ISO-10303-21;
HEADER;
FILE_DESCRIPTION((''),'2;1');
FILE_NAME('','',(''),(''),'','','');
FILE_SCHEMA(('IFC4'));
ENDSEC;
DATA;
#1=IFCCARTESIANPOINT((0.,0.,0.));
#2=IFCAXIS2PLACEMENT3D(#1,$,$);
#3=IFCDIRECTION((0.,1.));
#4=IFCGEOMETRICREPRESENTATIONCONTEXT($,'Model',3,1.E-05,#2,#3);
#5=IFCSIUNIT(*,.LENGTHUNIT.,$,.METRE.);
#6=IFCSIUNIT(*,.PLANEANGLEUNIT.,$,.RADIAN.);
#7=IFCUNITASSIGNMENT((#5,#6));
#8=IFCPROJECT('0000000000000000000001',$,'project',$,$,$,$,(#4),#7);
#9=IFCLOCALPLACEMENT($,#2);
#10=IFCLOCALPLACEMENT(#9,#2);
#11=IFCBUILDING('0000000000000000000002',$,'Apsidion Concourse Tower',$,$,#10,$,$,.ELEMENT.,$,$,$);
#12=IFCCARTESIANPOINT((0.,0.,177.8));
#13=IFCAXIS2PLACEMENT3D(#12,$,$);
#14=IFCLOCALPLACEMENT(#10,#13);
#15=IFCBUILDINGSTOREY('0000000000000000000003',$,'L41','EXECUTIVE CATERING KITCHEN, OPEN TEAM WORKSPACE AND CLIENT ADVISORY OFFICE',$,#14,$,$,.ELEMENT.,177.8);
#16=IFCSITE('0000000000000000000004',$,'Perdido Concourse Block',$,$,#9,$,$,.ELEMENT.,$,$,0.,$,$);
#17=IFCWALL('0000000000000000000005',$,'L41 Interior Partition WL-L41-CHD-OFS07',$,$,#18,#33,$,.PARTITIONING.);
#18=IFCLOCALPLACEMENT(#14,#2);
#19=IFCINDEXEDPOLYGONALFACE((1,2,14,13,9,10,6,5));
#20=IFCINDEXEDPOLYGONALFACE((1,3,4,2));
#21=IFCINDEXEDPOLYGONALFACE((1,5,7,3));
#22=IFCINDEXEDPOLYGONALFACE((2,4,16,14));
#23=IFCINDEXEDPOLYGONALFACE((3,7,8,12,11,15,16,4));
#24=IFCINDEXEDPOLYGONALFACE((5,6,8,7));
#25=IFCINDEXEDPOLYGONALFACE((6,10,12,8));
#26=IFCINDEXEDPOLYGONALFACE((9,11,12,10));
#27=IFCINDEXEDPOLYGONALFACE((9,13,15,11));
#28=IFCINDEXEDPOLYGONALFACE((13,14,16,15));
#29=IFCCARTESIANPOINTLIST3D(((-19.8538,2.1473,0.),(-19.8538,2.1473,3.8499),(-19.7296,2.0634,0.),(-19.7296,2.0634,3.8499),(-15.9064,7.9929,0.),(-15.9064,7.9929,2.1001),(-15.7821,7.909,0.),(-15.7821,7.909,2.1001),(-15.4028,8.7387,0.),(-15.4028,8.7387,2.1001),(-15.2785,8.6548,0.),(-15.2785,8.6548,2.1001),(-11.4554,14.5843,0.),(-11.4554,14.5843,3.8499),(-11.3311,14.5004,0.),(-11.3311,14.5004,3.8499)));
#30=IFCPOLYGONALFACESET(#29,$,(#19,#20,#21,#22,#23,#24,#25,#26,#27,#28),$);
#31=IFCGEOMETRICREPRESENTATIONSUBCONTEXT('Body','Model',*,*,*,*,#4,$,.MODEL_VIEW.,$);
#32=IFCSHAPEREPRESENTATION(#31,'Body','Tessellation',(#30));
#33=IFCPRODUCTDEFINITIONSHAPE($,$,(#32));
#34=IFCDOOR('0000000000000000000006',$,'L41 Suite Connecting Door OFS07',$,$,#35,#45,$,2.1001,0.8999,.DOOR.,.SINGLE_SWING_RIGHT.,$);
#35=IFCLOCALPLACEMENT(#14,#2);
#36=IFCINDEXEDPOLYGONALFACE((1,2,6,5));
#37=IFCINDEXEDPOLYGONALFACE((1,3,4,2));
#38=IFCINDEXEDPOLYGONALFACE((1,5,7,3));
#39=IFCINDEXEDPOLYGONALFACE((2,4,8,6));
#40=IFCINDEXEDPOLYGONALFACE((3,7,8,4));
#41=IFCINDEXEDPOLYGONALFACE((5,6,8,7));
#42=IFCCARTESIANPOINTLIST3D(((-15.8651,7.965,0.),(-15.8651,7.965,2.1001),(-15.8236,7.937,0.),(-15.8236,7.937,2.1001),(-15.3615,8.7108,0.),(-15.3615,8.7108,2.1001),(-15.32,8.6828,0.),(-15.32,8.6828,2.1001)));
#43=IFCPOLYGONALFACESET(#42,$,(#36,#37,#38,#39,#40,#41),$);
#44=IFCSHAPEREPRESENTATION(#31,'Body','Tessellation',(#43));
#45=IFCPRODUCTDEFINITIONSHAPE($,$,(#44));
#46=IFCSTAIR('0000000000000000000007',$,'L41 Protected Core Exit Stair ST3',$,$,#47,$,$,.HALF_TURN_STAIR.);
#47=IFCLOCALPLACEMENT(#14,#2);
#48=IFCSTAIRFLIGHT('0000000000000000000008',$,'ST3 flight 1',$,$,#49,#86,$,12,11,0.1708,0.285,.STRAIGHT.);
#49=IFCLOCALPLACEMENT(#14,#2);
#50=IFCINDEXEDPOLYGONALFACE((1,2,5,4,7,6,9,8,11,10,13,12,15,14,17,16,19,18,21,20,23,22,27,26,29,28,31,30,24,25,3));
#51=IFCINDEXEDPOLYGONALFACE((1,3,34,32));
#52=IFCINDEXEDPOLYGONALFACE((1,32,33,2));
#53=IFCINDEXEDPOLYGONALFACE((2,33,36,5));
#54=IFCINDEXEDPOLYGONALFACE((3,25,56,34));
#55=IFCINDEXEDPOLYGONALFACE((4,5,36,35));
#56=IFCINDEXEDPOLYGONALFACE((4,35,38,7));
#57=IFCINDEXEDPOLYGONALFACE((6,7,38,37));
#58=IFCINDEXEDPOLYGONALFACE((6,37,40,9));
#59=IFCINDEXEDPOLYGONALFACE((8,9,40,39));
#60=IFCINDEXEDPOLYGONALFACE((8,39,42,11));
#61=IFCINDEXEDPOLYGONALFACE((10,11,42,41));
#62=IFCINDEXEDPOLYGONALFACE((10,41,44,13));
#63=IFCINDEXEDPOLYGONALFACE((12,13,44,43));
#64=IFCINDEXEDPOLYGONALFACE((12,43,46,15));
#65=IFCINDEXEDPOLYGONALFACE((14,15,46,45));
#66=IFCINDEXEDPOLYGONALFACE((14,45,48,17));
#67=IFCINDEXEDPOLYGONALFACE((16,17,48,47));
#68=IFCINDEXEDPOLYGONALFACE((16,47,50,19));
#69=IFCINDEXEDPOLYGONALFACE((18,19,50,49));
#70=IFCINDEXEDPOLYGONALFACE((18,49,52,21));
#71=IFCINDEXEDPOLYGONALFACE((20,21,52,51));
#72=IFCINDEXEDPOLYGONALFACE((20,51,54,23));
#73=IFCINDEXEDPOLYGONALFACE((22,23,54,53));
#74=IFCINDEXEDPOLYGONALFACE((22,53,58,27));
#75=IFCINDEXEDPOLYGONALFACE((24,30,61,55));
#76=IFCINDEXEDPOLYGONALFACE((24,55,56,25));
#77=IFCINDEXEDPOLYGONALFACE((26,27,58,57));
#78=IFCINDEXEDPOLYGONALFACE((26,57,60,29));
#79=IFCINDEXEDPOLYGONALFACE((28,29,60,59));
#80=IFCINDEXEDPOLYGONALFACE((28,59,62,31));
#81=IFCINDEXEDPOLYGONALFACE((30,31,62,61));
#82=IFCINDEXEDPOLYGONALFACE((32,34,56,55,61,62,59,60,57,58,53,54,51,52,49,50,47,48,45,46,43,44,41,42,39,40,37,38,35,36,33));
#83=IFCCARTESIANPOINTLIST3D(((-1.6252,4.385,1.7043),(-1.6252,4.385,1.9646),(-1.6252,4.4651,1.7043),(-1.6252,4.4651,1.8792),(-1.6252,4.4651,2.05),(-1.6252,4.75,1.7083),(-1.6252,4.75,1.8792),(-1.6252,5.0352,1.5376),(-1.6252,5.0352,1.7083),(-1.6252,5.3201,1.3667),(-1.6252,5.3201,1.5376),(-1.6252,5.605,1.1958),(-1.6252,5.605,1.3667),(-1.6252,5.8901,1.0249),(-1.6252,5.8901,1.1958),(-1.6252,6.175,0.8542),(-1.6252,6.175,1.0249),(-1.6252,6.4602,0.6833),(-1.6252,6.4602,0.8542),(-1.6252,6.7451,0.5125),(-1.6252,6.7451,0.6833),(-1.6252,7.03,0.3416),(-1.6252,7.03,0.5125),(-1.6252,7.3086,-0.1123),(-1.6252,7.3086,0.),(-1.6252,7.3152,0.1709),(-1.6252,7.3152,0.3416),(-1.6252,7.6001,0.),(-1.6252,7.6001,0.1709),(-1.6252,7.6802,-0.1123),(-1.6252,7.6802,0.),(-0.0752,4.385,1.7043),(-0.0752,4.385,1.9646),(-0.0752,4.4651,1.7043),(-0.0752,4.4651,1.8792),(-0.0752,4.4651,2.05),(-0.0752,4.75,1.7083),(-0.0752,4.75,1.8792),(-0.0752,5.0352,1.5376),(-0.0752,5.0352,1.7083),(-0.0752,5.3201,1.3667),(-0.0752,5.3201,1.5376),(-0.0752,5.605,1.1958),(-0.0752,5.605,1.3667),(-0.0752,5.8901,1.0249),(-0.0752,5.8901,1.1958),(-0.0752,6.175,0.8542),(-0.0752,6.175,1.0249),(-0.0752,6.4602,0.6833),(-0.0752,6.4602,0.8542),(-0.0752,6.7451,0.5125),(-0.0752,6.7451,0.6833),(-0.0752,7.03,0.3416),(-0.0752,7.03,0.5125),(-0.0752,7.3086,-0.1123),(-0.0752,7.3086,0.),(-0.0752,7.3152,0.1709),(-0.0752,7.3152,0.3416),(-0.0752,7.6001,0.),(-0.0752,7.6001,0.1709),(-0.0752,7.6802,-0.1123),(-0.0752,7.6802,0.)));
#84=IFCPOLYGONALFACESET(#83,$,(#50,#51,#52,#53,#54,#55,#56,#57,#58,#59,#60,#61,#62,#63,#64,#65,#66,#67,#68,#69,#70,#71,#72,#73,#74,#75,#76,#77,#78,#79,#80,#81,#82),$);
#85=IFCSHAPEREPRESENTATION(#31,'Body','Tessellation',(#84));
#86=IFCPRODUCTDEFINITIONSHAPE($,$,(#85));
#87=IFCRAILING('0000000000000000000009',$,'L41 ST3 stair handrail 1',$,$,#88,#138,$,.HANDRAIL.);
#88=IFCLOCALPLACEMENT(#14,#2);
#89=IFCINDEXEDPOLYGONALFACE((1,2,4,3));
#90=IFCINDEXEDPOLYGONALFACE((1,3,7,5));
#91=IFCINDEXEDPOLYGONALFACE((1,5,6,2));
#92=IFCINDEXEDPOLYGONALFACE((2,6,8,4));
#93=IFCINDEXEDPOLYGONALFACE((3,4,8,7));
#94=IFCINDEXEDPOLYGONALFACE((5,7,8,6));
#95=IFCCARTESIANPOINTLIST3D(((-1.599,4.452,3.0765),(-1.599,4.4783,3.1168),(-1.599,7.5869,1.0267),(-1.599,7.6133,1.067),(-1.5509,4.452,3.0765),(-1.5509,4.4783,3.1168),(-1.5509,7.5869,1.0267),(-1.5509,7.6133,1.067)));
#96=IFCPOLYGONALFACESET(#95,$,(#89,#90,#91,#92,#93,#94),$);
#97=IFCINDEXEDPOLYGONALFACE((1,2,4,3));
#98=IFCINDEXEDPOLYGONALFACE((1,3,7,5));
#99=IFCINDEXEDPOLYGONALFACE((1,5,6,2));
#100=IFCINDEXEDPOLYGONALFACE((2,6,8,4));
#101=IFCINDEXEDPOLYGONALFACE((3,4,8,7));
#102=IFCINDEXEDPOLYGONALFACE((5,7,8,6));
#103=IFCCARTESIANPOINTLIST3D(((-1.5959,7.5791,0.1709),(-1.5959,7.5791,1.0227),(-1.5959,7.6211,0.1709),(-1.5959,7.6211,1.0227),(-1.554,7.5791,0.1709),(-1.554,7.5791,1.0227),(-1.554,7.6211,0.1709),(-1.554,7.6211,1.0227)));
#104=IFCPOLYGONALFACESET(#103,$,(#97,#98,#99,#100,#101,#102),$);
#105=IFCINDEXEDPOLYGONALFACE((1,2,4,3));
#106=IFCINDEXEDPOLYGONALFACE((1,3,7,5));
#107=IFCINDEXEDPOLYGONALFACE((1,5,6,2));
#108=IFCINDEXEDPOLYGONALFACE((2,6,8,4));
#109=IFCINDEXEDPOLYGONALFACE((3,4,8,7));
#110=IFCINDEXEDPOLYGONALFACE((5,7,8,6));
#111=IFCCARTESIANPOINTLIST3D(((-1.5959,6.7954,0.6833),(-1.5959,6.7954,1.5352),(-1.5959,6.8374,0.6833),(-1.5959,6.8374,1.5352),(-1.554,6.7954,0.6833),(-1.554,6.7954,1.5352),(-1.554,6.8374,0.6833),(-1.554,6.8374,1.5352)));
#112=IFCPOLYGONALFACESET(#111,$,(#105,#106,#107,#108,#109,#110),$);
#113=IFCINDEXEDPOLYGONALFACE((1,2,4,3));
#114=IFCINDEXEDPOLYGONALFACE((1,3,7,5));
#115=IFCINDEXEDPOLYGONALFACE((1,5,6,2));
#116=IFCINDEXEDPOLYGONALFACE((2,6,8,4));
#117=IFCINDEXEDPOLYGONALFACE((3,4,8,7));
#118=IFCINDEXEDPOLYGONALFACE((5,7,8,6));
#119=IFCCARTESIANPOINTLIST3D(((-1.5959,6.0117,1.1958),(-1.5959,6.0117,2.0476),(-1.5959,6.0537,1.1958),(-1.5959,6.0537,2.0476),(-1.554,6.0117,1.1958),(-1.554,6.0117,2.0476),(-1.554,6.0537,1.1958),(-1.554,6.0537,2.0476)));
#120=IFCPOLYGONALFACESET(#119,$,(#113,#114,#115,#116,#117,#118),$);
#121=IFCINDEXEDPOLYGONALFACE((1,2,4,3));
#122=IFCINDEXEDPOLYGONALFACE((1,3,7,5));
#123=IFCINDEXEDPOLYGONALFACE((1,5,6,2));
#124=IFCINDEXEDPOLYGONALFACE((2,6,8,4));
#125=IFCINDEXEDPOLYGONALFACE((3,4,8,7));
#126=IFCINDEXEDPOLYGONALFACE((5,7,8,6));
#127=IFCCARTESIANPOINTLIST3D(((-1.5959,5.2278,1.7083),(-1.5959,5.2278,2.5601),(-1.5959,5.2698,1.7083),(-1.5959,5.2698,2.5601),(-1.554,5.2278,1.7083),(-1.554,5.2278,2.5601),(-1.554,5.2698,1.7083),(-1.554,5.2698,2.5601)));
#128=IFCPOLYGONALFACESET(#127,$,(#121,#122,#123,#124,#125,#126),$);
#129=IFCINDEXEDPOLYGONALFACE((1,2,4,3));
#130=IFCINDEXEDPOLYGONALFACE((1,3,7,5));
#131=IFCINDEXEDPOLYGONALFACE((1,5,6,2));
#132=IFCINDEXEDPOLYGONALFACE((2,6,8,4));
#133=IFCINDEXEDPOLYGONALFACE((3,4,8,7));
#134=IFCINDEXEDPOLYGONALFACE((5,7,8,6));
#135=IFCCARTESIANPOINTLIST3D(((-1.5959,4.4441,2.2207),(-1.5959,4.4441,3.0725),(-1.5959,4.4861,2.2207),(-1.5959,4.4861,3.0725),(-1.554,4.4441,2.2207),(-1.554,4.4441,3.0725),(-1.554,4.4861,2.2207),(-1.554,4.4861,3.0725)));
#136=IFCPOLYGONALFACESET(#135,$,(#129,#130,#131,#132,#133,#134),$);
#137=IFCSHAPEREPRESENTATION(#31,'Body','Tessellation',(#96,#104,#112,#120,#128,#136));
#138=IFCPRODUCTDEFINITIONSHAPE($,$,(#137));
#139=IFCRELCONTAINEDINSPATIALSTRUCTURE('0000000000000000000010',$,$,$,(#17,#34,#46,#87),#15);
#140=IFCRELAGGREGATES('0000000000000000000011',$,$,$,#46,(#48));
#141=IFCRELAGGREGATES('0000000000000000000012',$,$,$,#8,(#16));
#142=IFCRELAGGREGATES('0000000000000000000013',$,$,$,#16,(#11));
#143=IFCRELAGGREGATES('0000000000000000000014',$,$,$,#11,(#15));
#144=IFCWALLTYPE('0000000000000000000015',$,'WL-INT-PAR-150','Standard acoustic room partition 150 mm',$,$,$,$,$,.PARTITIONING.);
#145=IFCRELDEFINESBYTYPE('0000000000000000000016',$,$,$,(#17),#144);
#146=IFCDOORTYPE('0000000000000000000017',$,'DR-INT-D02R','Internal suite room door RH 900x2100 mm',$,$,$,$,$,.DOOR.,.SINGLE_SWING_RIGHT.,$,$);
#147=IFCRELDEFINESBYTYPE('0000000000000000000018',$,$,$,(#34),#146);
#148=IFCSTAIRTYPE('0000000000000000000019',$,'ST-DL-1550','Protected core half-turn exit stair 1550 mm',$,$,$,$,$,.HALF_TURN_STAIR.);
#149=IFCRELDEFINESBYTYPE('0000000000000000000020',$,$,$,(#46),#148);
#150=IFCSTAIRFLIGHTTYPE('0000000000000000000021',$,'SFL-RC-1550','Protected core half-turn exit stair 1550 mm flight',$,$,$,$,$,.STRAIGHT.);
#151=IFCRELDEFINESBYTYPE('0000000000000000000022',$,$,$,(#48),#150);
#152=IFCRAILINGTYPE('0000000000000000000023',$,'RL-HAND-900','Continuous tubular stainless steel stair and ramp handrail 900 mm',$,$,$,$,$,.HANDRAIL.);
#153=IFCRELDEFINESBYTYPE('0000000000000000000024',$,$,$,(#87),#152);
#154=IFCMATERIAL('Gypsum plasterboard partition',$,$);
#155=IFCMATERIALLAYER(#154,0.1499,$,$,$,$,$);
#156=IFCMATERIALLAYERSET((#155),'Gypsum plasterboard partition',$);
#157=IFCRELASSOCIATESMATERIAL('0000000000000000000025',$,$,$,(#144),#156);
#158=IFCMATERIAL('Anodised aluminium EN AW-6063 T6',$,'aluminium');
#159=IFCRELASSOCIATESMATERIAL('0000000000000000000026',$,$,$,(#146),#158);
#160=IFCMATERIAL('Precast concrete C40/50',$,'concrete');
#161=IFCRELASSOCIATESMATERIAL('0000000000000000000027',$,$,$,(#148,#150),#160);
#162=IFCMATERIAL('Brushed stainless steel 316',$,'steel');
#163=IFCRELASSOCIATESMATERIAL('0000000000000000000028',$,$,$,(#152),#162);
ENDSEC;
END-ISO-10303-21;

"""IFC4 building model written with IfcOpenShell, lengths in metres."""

from ifc_helpers import new_model, si_unit, direction, frame, frame_2d, origin, origin_2d, place, context, subcontext, project, spatial, polyline, rectangle, outline, extrude, material, layer, layer_set, type_object, element, fill, aggregate, save


model = new_model("IFC4")

# Units and contexts
model_context = context("Model", 3, precision=1e-05, world=origin(), true_north=direction((0.0, 1.0)))
body_context = subcontext(model_context, "Body", "Model", "MODEL_VIEW")
ifc_project = project(units=[si_unit("LENGTHUNIT", "METRE"), si_unit("PLANEANGLEUNIT", "RADIAN")], contexts=[model_context])

# Site, building, storey
site_placement = place(None, origin())
site = spatial("IfcSite", under=ifc_project, at=site_placement, Name="Perdido Concourse Block", CompositionType="ELEMENT", RefElevation=0.0)
building_placement = place(site_placement, origin())
building = spatial("IfcBuilding", under=site, at=building_placement, Name="Apsidion Concourse Tower", CompositionType="ELEMENT")
storey_placement = place(building_placement, frame((0.0, 0.0, 177.8)))
storey = spatial("IfcBuildingStorey", under=building, at=storey_placement, Name="L41", Description="EXECUTIVE CATERING KITCHEN, OPEN TEAM WORKSPACE AND CLIENT ADVISORY OFFICE", CompositionType="ELEMENT", Elevation=177.8)

# Shared definitions
ifc_material_1 = material(Name="Gypsum plasterboard partition")
ifc_layer_1 = layer(ifc_material_1, 0.1499)
ifc_layer_set_1 = layer_set([ifc_layer_1], Name="Gypsum plasterboard partition")
wall_type_1 = type_object("IfcWallType", Name="WL-INT-PAR-150", Description="Standard acoustic room partition 150 mm", PredefinedType="PARTITIONING", material=ifc_layer_set_1)
ifc_material_2 = material(Name="Brushed stainless steel 316", Category="steel")

# Wall, opening, door
wall_1_placement = place(storey_placement, frame((-11.3933, 14.5422, 0.0), z_axis=(0.0, 0.0, 1.0), x_axis=(-0.559631, -0.828742, 0.0)))
wall_1 = element("IfcWall", 1, at=wall_1_placement, inside=storey, type_object=wall_type_1, Name="L41 Interior Partition WL-L41-CHD-OFS07", PredefinedType="PARTITIONING", context=body_context, shape_type="SweptSolid", body=[
    extrude(rectangle(XDim=15.0071, YDim=0.1499, at=frame_2d((7.5034, 0.0))), origin(), (0.0, 0.0, 1.0), 3.8499),
])
opening_1_placement = place(wall_1_placement, frame((7.0535, 0.0, 0.0)))
opening_1 = element("IfcOpeningElement", 2, at=opening_1_placement, cuts=wall_1, PredefinedType="OPENING", context=body_context, shape_type="SweptSolid", body=[
    extrude(rectangle(XDim=0.8999, YDim=2.1001, at=frame_2d((0.45, 1.05))), frame((0.0, 0.085, 0.0), z_axis=(0.0, -1.0, 0.0), x_axis=(1.0, 0.0, 0.0)), (0.0, 0.0, 1.0), 0.1699),
])
ifc_material_3 = material(Name="Anodised aluminium EN AW-6063 T6", Category="aluminium")
door_type_1 = type_object("IfcDoorType", Name="DR-INT-D02R", Description="Internal suite room door RH 900x2100 mm", OperationType="SINGLE_SWING_RIGHT", PredefinedType="DOOR", material=ifc_material_3)
door_1_placement = place(opening_1_placement, origin())
door_1 = element("IfcDoor", 3, at=door_1_placement, inside=storey, type_object=door_type_1, Name="L41 Suite Connecting Door OFS07", OperationType="SINGLE_SWING_RIGHT", OverallHeight=2.1001, OverallWidth=0.8999, PredefinedType="DOOR", context=body_context, shape_type="SweptSolid", body=[
    extrude(rectangle(XDim=0.8999, YDim=2.1001, at=frame_2d((0.45, 1.05))), frame((0.0, 0.0249, 0.0), z_axis=(0.0, -1.0, 0.0), x_axis=(1.0, 0.0, 0.0)), (0.0, 0.0, 1.0), 0.05),
])
fill(opening_1, door_1)

# Stair, stair flight
ifc_material_4 = material(Name="Precast concrete C40/50", Category="concrete")
stair_type = type_object("IfcStairType", Name="ST-DL-1550", Description="Protected core half-turn exit stair 1550 mm", PredefinedType="HALF_TURN_STAIR", material=ifc_material_4)
stair_placement = place(storey_placement, origin())
stair = element("IfcStair", 4, at=stair_placement, inside=storey, type_object=stair_type, Name="L41 Protected Core Exit Stair ST3", PredefinedType="HALF_TURN_STAIR")
stair_flight_type = type_object("IfcStairFlightType", Name="SFL-RC-1550", Description="Protected core half-turn exit stair 1550 mm flight", PredefinedType="STRAIGHT", material=ifc_material_4)
stair_flight_placement = place(storey_placement, frame((-0.8501, 7.6001, 0.0), z_axis=(0.0, 0.0, 1.0), x_axis=(0.0, -1.0, 0.0)))
stair_flight = element("IfcStairFlight", 5, at=stair_flight_placement, type_object=stair_flight_type, Name="ST3 flight 1", NumberOfRisers=12, NumberOfTreads=11, PredefinedType="STRAIGHT", RiserHeight=0.1708, TreadLength=0.285, context=body_context, shape_type="SweptSolid", body=[
    extrude(outline(polyline([(-0.0801, -0.1123), (-0.0801, 0.0), (0.0, 0.0), (0.0, 0.1709), (0.2849, 0.1709), (0.2849, 0.3416), (0.5701, 0.3416), (0.5701, 0.5125), (0.855, 0.5125), (0.855, 0.6833), (1.1399, 0.6833), (1.1399, 0.8542), (1.425, 0.8542), (1.425, 1.0249), (1.71, 1.0249), (1.71, 1.1958), (1.9951, 1.1958), (1.9951, 1.3667), (2.28, 1.3667), (2.28, 1.5376), (2.5649, 1.5376), (2.5649, 1.7083), (2.8501, 1.7083), (2.8501, 1.8792), (3.135, 1.8792), (3.135, 2.05), (3.2151, 1.9646), (3.2151, 1.7043), (3.135, 1.7043), (0.2915, 0.0), (0.2915, -0.1123), (-0.0801, -0.1123)])), frame((0.0, 0.7749, 0.0), z_axis=(0.0, -1.0, 0.0), x_axis=(1.0, 0.0, 0.0)), (0.0, 0.0, 1.0), 1.55),
])
aggregate(stair, [stair_flight])

# Railing
railing_type = type_object("IfcRailingType", Name="RL-HAND-900", Description="Continuous tubular stainless steel stair and ramp handrail 900 mm", PredefinedType="HANDRAIL", material=ifc_material_2)
railing_placement = place(storey_placement, frame((-1.575, 7.6001, 0.1709)))
element("IfcRailing", 6, at=railing_placement, inside=storey, type_object=railing_type, Name="L41 ST3 stair handrail 1", PredefinedType="HANDRAIL", context=body_context, shape_type="SweptSolid", body=[
    extrude(rectangle(XDim=0.0481, YDim=0.0481, at=origin_2d()), frame((0.0, 0.0, 0.876), z_axis=(0.0, -0.836971, 0.547248), x_axis=(1.0, 0.0, 0.0)), (0.0, 0.0, 1.0), 3.7456),
    extrude(rectangle(XDim=0.042, YDim=0.042, at=origin_2d()), origin(), (0.0, 0.0, 1.0), 0.8518),
    extrude(rectangle(XDim=0.042, YDim=0.042, at=origin_2d()), frame((0.0, -0.7837, 0.5125)), (0.0, 0.0, 1.0), 0.8518),
    extrude(rectangle(XDim=0.042, YDim=0.042, at=origin_2d()), frame((0.0, -1.5674, 1.0249)), (0.0, 0.0, 1.0), 0.8518),
    extrude(rectangle(XDim=0.042, YDim=0.042, at=origin_2d()), frame((0.0, -2.3513, 1.5374)), (0.0, 0.0, 1.0), 0.8518),
    extrude(rectangle(XDim=0.042, YDim=0.042, at=origin_2d()), frame((0.0, -3.135, 2.0498)), (0.0, 0.0, 1.0), 0.8518),
])

save(model, "model.ifc")
